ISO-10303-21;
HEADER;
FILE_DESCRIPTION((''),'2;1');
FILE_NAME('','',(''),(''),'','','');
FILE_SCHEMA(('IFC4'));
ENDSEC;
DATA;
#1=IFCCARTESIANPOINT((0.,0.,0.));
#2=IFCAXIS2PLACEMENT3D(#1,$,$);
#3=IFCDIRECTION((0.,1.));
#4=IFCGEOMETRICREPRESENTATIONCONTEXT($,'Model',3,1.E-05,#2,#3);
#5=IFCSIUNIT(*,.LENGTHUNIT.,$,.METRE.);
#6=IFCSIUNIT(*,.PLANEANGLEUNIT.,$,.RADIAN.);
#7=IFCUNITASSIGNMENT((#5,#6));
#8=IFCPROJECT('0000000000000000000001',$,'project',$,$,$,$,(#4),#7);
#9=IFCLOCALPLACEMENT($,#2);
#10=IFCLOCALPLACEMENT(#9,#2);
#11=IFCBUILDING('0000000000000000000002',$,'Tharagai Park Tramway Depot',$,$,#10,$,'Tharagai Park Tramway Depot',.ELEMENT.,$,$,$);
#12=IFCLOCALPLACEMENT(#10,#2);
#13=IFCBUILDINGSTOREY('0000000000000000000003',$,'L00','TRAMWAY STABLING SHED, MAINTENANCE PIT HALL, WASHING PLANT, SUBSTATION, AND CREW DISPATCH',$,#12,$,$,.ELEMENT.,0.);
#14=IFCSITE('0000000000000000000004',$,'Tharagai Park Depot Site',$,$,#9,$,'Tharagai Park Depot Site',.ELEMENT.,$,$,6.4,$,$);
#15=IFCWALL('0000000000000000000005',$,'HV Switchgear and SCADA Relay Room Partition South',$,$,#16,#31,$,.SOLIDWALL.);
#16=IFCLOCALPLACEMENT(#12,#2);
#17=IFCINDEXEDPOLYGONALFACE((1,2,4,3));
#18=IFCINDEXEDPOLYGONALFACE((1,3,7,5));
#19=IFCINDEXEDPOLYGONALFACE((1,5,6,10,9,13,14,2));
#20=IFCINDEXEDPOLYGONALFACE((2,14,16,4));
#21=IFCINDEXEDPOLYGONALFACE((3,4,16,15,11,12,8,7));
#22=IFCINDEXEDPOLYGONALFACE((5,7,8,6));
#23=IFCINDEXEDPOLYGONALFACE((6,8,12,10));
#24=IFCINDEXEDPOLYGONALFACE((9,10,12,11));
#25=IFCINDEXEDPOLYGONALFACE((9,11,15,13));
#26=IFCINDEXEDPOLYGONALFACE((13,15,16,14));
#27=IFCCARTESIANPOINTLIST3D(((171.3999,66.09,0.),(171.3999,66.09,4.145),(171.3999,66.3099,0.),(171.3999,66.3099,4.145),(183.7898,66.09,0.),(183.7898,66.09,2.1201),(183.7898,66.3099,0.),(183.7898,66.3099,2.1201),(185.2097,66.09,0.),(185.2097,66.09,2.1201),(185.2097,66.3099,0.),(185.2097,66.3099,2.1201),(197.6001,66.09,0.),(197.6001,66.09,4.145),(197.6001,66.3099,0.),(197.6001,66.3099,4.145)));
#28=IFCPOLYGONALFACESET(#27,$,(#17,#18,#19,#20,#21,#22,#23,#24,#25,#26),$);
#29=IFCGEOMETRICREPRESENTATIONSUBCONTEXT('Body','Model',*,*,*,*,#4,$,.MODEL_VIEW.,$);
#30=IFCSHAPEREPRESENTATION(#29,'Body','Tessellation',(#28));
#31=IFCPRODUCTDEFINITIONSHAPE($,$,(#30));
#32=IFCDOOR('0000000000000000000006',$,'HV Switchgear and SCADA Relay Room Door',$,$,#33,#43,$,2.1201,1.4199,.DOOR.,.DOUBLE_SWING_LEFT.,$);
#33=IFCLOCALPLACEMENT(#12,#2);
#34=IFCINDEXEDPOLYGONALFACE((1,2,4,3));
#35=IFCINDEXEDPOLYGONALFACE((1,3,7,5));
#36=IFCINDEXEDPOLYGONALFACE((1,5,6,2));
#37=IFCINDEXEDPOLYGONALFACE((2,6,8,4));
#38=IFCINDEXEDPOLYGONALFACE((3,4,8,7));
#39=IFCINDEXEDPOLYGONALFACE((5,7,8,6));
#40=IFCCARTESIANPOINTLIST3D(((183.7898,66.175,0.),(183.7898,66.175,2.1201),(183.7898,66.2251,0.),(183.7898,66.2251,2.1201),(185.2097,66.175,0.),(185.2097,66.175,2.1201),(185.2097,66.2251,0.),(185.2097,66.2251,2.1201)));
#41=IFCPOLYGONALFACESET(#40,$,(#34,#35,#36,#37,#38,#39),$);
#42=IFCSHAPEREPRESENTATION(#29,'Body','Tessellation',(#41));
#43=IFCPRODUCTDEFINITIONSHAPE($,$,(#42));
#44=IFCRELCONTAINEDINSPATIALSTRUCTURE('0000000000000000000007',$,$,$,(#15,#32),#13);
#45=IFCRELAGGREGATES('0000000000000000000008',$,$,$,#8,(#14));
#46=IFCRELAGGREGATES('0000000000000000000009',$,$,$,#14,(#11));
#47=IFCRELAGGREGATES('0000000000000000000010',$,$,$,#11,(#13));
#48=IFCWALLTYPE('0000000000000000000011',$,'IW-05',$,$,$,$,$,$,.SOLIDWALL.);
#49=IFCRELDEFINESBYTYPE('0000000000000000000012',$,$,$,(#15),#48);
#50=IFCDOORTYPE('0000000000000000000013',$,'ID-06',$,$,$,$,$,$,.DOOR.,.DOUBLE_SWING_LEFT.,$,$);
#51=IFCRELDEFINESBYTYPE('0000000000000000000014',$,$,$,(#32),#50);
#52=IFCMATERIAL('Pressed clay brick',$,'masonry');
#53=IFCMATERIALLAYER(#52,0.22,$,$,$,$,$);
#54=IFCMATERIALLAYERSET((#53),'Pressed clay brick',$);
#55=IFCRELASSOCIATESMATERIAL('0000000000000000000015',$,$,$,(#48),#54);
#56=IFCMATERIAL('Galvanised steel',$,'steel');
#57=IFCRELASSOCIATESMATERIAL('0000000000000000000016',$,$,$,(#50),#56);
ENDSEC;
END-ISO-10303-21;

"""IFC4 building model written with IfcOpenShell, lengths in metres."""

from ifc_helpers import new_model, si_unit, direction, frame, frame_2d, origin, place, context, subcontext, project, spatial, rectangle, extrude, material, layer, layer_set, type_object, element, fill, save


model = new_model("IFC4")

# Units and contexts
model_context = context("Model", 3, precision=1e-05, world=origin(), true_north=direction((0.0, 1.0)))
body_context = subcontext(model_context, "Body", "Model", "MODEL_VIEW")
ifc_project = project(units=[si_unit("LENGTHUNIT", "METRE"), si_unit("PLANEANGLEUNIT", "RADIAN")], contexts=[model_context])

# Site, building, storey
site_placement = place(None, origin())
site = spatial("IfcSite", under=ifc_project, at=site_placement, Name="Tharagai Park Depot Site", LongName="Tharagai Park Depot Site", CompositionType="ELEMENT", RefElevation=6.4)
building_placement = place(site_placement, origin())
building = spatial("IfcBuilding", under=site, at=building_placement, Name="Tharagai Park Tramway Depot", LongName="Tharagai Park Tramway Depot", CompositionType="ELEMENT")
storey_placement = place(building_placement, origin())
storey = spatial("IfcBuildingStorey", under=building, at=storey_placement, Name="L00", Description="TRAMWAY STABLING SHED, MAINTENANCE PIT HALL, WASHING PLANT, SUBSTATION, AND CREW DISPATCH", CompositionType="ELEMENT", Elevation=0.0)

# Wall, opening, door
ifc_material_1 = material(Name="Pressed clay brick", Category="masonry")
ifc_layer_1 = layer(ifc_material_1, 0.22)
ifc_layer_set_1 = layer_set([ifc_layer_1], Name="Pressed clay brick")
wall_type_1 = type_object("IfcWallType", Name="IW-05", PredefinedType="SOLIDWALL", material=ifc_layer_set_1)
wall_1_placement = place(storey_placement, frame((171.3999, 66.2, 0.0), z_axis=(0.0, 0.0, 1.0), x_axis=(1.0, 0.0, 0.0)))
wall_1 = element("IfcWall", 1, at=wall_1_placement, inside=storey, type_object=wall_type_1, Name="HV Switchgear and SCADA Relay Room Partition South", PredefinedType="SOLIDWALL", context=body_context, shape_type="SweptSolid", body=[
    extrude(rectangle(XDim=26.2002, YDim=0.22, at=frame_2d((13.1001, 0.0))), origin(), (0.0, 0.0, 1.0), 4.145),
])
opening_1_placement = place(wall_1_placement, frame((12.3899, 0.0, 0.0)))
opening_1 = element("IfcOpeningElement", 2, at=opening_1_placement, cuts=wall_1, PredefinedType="OPENING", context=body_context, shape_type="SweptSolid", body=[
    extrude(rectangle(XDim=1.4199, YDim=2.1201, at=frame_2d((0.71, 1.0601))), frame((0.0, 0.1199, 0.0), z_axis=(0.0, -1.0, 0.0), x_axis=(1.0, 0.0, 0.0)), (0.0, 0.0, 1.0), 0.24),
])
ifc_material_2 = material(Name="Galvanised steel", Category="steel")
door_type_1 = type_object("IfcDoorType", Name="ID-06", OperationType="DOUBLE_SWING_LEFT", PredefinedType="DOOR", material=ifc_material_2)
door_1_placement = place(opening_1_placement, frame((1.4199, 0.0, 0.0), z_axis=(0.0, 0.0, 1.0), x_axis=(-1.0, 0.0, 0.0)))
door_1 = element("IfcDoor", 3, at=door_1_placement, inside=storey, type_object=door_type_1, Name="HV Switchgear and SCADA Relay Room Door", OperationType="DOUBLE_SWING_LEFT", OverallHeight=2.1201, OverallWidth=1.4199, PredefinedType="DOOR", context=body_context, shape_type="SweptSolid", body=[
    extrude(rectangle(XDim=1.4199, YDim=2.1201, at=frame_2d((0.71, 1.0601))), frame((0.0, 0.0249, 0.0), z_axis=(0.0, -1.0, 0.0), x_axis=(1.0, 0.0, 0.0)), (0.0, 0.0, 1.0), 0.05),
])
fill(opening_1, door_1)

save(model, "model.ifc")
